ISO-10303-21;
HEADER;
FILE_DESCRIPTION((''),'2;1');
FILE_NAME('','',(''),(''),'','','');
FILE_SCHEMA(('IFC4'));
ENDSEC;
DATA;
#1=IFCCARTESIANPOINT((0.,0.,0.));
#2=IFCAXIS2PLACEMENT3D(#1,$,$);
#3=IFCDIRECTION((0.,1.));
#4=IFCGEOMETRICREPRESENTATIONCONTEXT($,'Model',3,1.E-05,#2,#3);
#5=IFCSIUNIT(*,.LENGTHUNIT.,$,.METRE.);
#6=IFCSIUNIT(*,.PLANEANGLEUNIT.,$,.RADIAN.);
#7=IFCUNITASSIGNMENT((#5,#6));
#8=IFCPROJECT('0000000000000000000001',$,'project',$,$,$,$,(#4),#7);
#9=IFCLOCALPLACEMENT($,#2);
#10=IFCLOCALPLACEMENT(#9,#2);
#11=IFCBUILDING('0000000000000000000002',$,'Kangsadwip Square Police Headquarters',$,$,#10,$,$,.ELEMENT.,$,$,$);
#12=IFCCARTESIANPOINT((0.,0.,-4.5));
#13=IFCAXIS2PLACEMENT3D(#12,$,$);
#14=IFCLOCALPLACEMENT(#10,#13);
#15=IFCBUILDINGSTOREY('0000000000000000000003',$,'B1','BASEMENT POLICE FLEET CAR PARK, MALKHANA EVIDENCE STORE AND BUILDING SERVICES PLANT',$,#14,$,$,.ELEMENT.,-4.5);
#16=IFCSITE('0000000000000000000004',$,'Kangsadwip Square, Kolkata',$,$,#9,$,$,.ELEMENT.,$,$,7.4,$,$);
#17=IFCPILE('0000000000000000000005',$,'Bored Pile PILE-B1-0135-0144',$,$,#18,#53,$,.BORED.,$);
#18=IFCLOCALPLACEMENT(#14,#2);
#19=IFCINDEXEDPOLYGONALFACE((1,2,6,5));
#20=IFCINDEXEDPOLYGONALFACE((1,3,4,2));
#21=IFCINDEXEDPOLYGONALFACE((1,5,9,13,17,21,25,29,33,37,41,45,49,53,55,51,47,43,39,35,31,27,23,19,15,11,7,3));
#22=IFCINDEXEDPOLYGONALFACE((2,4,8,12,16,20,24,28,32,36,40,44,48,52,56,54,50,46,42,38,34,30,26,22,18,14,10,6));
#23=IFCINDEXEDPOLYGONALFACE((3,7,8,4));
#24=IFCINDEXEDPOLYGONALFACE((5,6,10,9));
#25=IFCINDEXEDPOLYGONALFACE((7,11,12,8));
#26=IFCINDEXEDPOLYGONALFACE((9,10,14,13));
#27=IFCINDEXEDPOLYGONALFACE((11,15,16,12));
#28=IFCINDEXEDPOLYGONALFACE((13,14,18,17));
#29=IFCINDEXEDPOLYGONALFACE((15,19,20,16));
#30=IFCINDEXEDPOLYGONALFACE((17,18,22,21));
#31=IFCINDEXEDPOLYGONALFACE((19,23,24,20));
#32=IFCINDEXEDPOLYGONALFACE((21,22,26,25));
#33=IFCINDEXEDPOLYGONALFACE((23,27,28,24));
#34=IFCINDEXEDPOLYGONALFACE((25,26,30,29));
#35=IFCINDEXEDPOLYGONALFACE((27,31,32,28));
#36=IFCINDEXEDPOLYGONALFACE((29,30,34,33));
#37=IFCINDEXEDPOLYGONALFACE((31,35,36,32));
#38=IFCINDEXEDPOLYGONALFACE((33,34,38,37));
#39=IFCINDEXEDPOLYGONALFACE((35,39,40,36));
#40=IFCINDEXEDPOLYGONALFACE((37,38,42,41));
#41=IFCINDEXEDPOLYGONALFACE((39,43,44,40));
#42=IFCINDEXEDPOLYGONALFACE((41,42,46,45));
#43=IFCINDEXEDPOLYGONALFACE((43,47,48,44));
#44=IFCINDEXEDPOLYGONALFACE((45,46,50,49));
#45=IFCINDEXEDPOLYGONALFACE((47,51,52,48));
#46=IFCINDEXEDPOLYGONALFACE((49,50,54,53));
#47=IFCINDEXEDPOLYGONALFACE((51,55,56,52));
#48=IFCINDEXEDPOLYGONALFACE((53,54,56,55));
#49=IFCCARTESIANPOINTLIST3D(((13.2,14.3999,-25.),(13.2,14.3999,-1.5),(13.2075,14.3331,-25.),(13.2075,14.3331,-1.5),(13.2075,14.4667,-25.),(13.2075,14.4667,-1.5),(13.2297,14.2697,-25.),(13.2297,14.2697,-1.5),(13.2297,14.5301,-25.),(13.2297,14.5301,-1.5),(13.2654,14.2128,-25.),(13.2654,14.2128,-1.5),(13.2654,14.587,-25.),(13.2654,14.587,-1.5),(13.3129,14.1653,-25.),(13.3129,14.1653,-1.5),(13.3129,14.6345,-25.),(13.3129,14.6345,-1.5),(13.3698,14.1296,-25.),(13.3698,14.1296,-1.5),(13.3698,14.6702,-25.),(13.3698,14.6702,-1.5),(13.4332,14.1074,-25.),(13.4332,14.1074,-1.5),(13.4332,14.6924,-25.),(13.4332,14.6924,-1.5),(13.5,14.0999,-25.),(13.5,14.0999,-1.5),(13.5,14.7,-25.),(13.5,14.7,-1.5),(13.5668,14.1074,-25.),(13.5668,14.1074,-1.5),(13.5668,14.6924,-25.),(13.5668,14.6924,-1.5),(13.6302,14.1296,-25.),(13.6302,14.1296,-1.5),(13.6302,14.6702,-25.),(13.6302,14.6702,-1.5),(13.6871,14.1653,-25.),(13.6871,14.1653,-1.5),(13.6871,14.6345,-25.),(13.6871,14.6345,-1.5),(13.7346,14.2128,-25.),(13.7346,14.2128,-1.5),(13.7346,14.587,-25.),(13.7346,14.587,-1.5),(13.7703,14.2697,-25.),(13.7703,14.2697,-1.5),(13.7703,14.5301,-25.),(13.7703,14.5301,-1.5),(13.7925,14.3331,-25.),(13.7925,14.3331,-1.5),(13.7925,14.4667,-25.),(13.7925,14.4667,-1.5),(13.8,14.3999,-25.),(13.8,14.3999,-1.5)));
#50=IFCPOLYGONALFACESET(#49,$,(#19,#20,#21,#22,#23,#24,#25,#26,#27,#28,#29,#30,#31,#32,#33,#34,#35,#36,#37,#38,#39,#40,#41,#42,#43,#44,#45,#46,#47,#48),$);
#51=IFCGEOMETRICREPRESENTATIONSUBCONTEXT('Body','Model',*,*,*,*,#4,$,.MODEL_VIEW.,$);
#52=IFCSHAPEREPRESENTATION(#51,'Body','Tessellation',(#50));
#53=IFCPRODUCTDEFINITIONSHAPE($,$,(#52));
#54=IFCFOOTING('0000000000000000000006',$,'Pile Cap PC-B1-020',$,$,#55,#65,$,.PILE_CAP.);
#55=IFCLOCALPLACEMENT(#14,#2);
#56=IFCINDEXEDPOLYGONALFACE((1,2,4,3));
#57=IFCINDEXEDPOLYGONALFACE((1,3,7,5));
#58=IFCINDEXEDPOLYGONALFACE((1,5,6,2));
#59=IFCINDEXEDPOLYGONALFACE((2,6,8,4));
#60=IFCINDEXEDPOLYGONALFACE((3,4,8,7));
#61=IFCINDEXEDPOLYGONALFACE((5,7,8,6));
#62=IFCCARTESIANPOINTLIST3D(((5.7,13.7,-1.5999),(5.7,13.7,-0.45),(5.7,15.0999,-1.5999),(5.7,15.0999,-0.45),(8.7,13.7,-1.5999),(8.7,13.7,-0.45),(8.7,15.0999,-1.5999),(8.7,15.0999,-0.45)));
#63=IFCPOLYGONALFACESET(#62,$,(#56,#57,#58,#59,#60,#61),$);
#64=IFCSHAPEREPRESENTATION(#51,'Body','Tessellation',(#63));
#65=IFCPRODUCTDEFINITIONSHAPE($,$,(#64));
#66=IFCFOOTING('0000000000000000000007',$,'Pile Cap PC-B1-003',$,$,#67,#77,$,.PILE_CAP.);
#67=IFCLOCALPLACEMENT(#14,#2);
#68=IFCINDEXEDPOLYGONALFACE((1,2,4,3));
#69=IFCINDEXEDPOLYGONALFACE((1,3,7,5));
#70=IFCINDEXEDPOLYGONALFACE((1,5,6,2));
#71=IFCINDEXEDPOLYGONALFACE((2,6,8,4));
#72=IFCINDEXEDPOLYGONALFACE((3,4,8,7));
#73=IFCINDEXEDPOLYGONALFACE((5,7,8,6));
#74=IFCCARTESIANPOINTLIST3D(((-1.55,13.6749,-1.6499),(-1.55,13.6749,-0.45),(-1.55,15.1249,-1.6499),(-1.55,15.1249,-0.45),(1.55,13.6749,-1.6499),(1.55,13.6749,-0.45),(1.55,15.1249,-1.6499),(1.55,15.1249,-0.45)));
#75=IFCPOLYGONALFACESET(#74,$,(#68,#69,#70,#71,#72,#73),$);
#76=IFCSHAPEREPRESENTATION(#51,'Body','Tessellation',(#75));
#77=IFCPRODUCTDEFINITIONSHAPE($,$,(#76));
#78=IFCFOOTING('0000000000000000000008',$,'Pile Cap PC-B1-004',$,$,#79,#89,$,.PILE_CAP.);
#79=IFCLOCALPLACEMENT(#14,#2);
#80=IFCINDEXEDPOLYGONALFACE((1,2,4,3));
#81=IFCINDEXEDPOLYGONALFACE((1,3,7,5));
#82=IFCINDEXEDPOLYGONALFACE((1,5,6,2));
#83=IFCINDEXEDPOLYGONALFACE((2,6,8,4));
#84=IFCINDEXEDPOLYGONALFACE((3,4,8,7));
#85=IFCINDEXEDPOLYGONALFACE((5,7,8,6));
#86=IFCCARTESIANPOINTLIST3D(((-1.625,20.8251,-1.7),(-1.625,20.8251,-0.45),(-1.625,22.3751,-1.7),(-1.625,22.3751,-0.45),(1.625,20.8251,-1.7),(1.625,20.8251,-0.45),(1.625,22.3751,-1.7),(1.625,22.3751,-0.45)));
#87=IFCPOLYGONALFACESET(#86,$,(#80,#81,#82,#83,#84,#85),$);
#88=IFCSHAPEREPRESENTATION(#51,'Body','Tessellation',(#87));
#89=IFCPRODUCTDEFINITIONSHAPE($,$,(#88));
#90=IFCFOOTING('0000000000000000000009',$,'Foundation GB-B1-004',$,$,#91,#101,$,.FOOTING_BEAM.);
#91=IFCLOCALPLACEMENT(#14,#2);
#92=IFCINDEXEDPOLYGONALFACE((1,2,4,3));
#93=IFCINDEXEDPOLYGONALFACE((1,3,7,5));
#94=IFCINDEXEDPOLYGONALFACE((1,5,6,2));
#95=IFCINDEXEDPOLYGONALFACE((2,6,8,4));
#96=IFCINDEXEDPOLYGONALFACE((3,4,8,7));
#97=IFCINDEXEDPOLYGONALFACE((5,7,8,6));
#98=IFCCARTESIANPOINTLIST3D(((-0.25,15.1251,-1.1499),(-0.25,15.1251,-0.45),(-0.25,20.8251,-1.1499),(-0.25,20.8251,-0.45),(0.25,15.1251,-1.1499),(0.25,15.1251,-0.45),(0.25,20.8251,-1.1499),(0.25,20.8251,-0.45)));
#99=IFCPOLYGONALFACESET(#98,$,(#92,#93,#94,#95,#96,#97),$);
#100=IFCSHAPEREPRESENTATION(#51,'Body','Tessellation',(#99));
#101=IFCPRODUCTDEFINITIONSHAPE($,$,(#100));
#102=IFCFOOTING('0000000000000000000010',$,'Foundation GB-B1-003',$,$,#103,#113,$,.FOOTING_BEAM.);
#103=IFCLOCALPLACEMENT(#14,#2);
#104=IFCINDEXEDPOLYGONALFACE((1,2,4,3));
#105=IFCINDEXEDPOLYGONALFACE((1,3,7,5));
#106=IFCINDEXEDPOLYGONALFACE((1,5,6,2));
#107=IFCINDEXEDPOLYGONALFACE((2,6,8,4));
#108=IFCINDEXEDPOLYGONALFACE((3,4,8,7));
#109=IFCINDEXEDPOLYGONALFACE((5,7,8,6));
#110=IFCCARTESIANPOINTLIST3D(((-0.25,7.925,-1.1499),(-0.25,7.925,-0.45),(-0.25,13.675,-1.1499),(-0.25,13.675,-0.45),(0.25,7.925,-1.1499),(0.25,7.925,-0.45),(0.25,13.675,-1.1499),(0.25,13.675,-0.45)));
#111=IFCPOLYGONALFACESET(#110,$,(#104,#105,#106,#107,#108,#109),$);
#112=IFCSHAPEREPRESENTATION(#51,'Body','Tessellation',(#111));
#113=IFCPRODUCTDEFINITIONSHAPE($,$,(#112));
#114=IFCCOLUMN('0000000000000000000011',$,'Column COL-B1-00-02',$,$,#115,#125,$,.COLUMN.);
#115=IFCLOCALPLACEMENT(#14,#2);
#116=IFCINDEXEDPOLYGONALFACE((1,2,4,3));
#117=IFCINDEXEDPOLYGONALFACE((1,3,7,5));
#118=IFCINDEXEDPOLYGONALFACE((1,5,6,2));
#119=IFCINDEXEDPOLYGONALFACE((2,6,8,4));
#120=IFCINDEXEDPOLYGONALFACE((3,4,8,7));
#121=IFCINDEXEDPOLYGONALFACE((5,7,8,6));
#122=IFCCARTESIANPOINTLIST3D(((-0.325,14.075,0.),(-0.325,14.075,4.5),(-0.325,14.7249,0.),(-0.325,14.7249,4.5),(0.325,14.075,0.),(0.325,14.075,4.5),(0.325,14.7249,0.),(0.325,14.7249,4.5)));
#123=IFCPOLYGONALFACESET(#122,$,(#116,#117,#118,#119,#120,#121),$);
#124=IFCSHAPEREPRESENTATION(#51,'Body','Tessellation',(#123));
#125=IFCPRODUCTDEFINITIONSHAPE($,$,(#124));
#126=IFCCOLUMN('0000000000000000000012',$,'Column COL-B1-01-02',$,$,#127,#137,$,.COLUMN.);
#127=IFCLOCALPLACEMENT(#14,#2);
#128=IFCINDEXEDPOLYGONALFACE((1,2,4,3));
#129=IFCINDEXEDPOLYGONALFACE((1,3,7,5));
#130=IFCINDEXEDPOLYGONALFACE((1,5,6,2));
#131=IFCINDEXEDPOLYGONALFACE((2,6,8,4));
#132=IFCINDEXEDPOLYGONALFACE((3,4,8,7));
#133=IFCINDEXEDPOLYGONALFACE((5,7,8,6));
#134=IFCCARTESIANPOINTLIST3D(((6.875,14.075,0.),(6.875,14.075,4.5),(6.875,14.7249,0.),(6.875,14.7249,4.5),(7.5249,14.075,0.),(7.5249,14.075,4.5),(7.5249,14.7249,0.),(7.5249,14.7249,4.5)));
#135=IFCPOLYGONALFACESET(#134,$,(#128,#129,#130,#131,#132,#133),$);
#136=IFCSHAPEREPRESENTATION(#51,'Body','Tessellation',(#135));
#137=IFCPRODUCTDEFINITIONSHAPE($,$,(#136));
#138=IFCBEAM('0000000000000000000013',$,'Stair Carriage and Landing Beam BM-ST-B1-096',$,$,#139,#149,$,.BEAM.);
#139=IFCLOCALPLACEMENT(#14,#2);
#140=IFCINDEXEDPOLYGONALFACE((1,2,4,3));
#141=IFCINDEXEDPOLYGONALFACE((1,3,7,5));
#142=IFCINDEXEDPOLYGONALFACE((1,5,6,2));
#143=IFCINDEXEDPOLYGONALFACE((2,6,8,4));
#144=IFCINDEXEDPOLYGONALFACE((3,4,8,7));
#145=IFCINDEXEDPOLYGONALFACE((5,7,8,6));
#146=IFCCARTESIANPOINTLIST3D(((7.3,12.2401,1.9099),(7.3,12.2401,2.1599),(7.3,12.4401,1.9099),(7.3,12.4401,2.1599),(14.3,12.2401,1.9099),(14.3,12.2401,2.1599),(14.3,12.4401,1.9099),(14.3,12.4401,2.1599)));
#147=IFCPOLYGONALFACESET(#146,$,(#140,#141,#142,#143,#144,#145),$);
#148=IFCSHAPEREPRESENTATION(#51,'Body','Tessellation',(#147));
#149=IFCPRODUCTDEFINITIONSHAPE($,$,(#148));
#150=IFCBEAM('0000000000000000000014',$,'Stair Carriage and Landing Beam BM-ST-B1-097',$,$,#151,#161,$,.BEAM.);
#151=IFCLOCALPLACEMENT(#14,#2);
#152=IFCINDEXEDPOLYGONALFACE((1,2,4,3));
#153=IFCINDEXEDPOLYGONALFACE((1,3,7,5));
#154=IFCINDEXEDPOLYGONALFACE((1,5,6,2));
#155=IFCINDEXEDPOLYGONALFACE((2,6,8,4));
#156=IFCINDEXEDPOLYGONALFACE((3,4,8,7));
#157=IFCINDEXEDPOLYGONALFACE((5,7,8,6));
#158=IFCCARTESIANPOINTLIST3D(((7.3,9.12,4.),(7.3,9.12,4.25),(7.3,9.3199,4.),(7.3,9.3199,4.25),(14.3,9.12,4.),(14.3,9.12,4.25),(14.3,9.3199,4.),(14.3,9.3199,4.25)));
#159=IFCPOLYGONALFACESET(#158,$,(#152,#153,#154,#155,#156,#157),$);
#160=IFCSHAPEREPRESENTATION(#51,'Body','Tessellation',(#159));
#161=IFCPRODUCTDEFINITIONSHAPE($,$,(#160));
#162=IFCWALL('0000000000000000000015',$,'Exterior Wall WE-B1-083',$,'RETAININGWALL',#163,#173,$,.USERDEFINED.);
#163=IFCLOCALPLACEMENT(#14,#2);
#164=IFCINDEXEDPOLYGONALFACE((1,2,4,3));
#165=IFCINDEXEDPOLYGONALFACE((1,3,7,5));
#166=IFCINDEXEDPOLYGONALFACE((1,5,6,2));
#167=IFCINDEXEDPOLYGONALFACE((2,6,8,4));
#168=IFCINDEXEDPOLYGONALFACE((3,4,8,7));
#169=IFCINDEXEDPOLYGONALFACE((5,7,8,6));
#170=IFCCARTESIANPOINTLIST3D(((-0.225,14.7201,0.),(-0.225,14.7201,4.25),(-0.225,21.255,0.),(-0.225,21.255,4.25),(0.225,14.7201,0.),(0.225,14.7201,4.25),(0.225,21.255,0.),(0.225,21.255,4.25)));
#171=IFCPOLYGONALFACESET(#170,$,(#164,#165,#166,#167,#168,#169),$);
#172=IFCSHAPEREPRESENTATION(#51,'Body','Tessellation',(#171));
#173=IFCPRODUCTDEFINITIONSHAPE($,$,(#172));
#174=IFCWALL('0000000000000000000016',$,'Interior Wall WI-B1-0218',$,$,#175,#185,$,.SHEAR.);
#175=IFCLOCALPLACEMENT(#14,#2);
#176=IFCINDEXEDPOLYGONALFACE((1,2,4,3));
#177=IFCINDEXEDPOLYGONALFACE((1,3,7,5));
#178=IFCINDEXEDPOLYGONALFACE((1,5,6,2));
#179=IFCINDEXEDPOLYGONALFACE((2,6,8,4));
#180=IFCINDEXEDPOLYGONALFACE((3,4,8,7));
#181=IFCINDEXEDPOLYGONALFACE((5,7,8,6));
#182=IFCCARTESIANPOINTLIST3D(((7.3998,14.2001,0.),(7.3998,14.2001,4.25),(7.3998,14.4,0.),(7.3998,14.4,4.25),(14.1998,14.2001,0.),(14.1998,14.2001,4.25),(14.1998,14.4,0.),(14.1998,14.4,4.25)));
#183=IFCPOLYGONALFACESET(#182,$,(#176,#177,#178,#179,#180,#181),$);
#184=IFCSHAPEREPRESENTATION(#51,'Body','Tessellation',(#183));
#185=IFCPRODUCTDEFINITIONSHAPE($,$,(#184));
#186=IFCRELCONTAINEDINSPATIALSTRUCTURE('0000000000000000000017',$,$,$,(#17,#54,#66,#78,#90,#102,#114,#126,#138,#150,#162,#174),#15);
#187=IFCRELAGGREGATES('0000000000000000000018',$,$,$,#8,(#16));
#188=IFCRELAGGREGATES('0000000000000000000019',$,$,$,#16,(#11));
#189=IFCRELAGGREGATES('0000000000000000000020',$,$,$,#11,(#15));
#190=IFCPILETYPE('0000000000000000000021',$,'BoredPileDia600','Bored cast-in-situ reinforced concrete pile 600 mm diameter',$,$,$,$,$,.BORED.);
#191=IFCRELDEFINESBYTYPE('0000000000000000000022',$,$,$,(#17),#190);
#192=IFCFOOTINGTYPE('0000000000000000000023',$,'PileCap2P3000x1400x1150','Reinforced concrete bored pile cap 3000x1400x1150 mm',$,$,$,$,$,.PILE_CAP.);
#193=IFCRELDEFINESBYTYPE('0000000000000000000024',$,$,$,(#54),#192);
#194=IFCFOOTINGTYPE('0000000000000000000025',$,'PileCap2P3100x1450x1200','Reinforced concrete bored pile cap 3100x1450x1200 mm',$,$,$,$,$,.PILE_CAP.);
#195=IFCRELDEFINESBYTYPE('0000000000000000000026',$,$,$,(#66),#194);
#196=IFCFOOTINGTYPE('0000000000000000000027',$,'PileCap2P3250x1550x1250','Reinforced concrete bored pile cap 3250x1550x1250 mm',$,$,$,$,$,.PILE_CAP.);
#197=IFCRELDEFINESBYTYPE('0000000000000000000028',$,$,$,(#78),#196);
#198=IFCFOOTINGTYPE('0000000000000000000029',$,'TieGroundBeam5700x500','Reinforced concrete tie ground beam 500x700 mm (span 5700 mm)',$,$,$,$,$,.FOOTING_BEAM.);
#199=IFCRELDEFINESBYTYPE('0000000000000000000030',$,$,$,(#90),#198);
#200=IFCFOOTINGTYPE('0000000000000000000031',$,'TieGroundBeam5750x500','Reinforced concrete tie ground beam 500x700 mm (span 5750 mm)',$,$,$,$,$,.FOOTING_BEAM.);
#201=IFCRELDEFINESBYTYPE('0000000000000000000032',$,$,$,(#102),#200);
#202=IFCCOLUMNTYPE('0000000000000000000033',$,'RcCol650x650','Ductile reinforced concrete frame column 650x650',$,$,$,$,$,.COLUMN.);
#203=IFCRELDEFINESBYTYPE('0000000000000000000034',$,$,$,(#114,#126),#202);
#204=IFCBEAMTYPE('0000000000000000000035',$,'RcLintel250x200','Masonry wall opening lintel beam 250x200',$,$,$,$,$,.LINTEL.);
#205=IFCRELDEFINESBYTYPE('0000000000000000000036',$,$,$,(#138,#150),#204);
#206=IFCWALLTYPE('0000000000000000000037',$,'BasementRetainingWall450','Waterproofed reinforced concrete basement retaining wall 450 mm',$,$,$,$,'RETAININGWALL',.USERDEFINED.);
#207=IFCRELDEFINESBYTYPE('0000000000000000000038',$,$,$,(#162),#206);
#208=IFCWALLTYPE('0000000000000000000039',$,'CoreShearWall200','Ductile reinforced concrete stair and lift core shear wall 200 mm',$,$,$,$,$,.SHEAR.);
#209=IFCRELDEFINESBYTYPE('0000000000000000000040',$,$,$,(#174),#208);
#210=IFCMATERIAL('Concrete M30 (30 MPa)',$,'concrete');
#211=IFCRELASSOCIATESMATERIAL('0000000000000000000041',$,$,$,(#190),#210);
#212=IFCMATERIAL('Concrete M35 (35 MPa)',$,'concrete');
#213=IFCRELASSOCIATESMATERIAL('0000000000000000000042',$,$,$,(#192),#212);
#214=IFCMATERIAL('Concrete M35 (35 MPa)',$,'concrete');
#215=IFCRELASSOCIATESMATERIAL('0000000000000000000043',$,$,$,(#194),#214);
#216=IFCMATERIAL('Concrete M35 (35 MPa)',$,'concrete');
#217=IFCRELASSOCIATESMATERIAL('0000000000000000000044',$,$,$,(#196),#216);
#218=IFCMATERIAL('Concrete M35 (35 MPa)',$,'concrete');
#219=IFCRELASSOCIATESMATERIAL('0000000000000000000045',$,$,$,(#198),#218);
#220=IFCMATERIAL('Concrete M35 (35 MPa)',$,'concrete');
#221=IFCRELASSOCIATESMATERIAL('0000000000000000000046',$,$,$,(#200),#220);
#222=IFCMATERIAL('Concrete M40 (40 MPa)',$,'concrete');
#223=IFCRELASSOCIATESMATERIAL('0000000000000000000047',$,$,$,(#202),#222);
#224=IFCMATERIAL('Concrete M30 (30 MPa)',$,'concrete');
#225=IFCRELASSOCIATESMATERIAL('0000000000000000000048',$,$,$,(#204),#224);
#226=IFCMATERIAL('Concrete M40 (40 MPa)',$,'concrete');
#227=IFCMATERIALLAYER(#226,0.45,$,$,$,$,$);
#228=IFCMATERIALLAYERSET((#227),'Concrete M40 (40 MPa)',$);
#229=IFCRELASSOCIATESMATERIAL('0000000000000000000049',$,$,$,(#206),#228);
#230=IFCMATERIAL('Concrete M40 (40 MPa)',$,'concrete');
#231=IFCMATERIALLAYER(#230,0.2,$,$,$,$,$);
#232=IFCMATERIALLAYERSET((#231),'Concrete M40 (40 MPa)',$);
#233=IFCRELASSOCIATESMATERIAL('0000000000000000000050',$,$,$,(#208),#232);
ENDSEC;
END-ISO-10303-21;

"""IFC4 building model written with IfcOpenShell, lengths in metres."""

from ifc_helpers import new_model, si_unit, direction, frame, frame_2d, origin, origin_2d, place, context, subcontext, project, spatial, rectangle, circle, extrude, material, layer, layer_set, material_profile, profile_set, type_object, element, save


model = new_model("IFC4")

# Units and contexts
model_context = context("Model", 3, precision=1e-05, world=origin(), true_north=direction((0.0, 1.0)))
body_context = subcontext(model_context, "Body", "Model", "MODEL_VIEW")
ifc_project = project(units=[si_unit("LENGTHUNIT", "METRE"), si_unit("PLANEANGLEUNIT", "RADIAN")], contexts=[model_context])

# Site, building, storey
site_placement = place(None, origin())
site = spatial("IfcSite", under=ifc_project, at=site_placement, Name="Kangsadwip Square, Kolkata", CompositionType="ELEMENT", RefElevation=7.4)
building_placement = place(site_placement, origin())
building = spatial("IfcBuilding", under=site, at=building_placement, Name="Kangsadwip Square Police Headquarters", CompositionType="ELEMENT")
storey_placement = place(building_placement, frame((0.0, 0.0, -4.5)))
storey = spatial("IfcBuildingStorey", under=building, at=storey_placement, Name="B1", Description="BASEMENT POLICE FLEET CAR PARK, MALKHANA EVIDENCE STORE AND BUILDING SERVICES PLANT", CompositionType="ELEMENT", Elevation=-4.5)

# Pile
ifc_material_1 = material(Name="Concrete M30 (30 MPa)", Category="concrete")
ifc_material_profile_1 = material_profile(ifc_material_1, circle(Radius=0.3, at=origin_2d()), Name="PILE DIA 600")
ifc_profile_set_1 = profile_set([ifc_material_profile_1], Name="Concrete M30 (30 MPa)")
pile_type = type_object("IfcPileType", Name="BoredPileDia600", Description="Bored cast-in-situ reinforced concrete pile 600 mm diameter", PredefinedType="BORED", material=ifc_profile_set_1)
for number, where, z_axis, x_axis, name in (
    (1, (13.5, 14.3999, -1.5), (0.0, 0.0, -1.0), (1.0, 0.0, 0.0), "Bored Pile PILE-B1-0135-0144"),
):
    element("IfcPile", number, at=place(storey_placement, frame(where, z_axis=z_axis, x_axis=x_axis)), inside=storey, type_object=pile_type, Name=name, PredefinedType="BORED", context=body_context, shape_type="SweptSolid", body=[
        extrude(circle(Radius=0.3, at=origin_2d()), origin(), (0.0, 0.0, 1.0), 23.5),
    ])

# Footings
ifc_material_2 = material(Name="Concrete M35 (35 MPa)", Category="concrete")
footing_type_1 = type_object("IfcFootingType", Name="PileCap2P3000x1400x1150", Description="Reinforced concrete bored pile cap 3000x1400x1150 mm", PredefinedType="PILE_CAP", material=ifc_material_2)
footing_1_placement = place(storey_placement, frame((7.2, 14.3999, -1.5999), z_axis=(0.0, 0.0, 1.0), x_axis=(1.0, 0.0, 0.0)))
element("IfcFooting", 2, at=footing_1_placement, inside=storey, type_object=footing_type_1, Name="Pile Cap PC-B1-020", PredefinedType="PILE_CAP", context=body_context, shape_type="SweptSolid", body=[
    extrude(rectangle(XDim=3.0, YDim=1.3999, at=origin_2d()), origin(), (0.0, 0.0, 1.0), 1.1499),
])
ifc_material_3 = material(Name="Concrete M35 (35 MPa)", Category="concrete")
footing_type_2 = type_object("IfcFootingType", Name="PileCap2P3100x1450x1200", Description="Reinforced concrete bored pile cap 3100x1450x1200 mm", PredefinedType="PILE_CAP", material=ifc_material_3)
footing_2_placement = place(storey_placement, frame((0.0, 14.3999, -1.6499), z_axis=(0.0, 0.0, 1.0), x_axis=(1.0, 0.0, 0.0)))
element("IfcFooting", 3, at=footing_2_placement, inside=storey, type_object=footing_type_2, Name="Pile Cap PC-B1-003", PredefinedType="PILE_CAP", context=body_context, shape_type="SweptSolid", body=[
    extrude(rectangle(XDim=3.1001, YDim=1.45, at=origin_2d()), origin(), (0.0, 0.0, 1.0), 1.2),
])
ifc_material_4 = material(Name="Concrete M35 (35 MPa)", Category="concrete")
footing_type_3 = type_object("IfcFootingType", Name="PileCap2P3250x1550x1250", Description="Reinforced concrete bored pile cap 3250x1550x1250 mm", PredefinedType="PILE_CAP", material=ifc_material_4)
footing_3_placement = place(storey_placement, frame((0.0, 21.6001, -1.7), z_axis=(0.0, 0.0, 1.0), x_axis=(1.0, 0.0, 0.0)))
element("IfcFooting", 4, at=footing_3_placement, inside=storey, type_object=footing_type_3, Name="Pile Cap PC-B1-004", PredefinedType="PILE_CAP", context=body_context, shape_type="SweptSolid", body=[
    extrude(rectangle(XDim=3.25, YDim=1.55, at=origin_2d()), origin(), (0.0, 0.0, 1.0), 1.25),
])
ifc_material_5 = material(Name="Concrete M35 (35 MPa)", Category="concrete")
footing_type_4 = type_object("IfcFootingType", Name="TieGroundBeam5700x500", Description="Reinforced concrete tie ground beam 500x700 mm (span 5700 mm)", PredefinedType="FOOTING_BEAM", material=ifc_material_5)
footing_4_placement = place(storey_placement, frame((0.0, 17.9751, -1.1499), z_axis=(0.0, 0.0, 1.0), x_axis=(0.0, 1.0, 0.0)))
element("IfcFooting", 5, at=footing_4_placement, inside=storey, type_object=footing_type_4, Name="Foundation GB-B1-004", PredefinedType="FOOTING_BEAM", context=body_context, shape_type="SweptSolid", body=[
    extrude(rectangle(XDim=5.7, YDim=0.5, at=origin_2d()), origin(), (0.0, 0.0, 1.0), 0.7),
])
ifc_material_6 = material(Name="Concrete M35 (35 MPa)", Category="concrete")
footing_type_5 = type_object("IfcFootingType", Name="TieGroundBeam5750x500", Description="Reinforced concrete tie ground beam 500x700 mm (span 5750 mm)", PredefinedType="FOOTING_BEAM", material=ifc_material_6)
footing_5_placement = place(storey_placement, frame((0.0, 10.8, -1.1499), z_axis=(0.0, 0.0, 1.0), x_axis=(0.0, 1.0, 0.0)))
element("IfcFooting", 6, at=footing_5_placement, inside=storey, type_object=footing_type_5, Name="Foundation GB-B1-003", PredefinedType="FOOTING_BEAM", context=body_context, shape_type="SweptSolid", body=[
    extrude(rectangle(XDim=5.75, YDim=0.5, at=origin_2d()), origin(), (0.0, 0.0, 1.0), 0.7),
])

# Columns
ifc_material_7 = material(Name="Concrete M40 (40 MPa)", Category="concrete")
ifc_material_profile_2 = material_profile(ifc_material_7, rectangle(XDim=0.6499, YDim=0.6499, at=origin_2d()), Name="RC COL 650X650")
ifc_profile_set_2 = profile_set([ifc_material_profile_2], Name="Concrete M40 (40 MPa)")
column_type = type_object("IfcColumnType", Name="RcCol650x650", Description="Ductile reinforced concrete frame column 650x650", PredefinedType="COLUMN", material=ifc_profile_set_2)
for number, where, z_axis, x_axis, name in (
    (7, (0.0, 14.3999, 0.0), (0.0, 0.0, 1.0), (1.0, 0.0, 0.0), "Column COL-B1-00-02"),
    (8, (7.2, 14.3999, 0.0), (0.0, 0.0, 1.0), (1.0, 0.0, 0.0), "Column COL-B1-01-02"),
):
    element("IfcColumn", number, at=place(storey_placement, frame(where, z_axis=z_axis, x_axis=x_axis)), inside=storey, type_object=column_type, Name=name, PredefinedType="COLUMN", context=body_context, shape_type="SweptSolid", body=[
        extrude(rectangle(XDim=0.6499, YDim=0.6499, at=origin_2d()), origin(), (0.0, 0.0, 1.0), 4.5),
    ])

# Beams
ifc_material_8 = material(Name="Concrete M30 (30 MPa)", Category="concrete")
ifc_material_profile_3 = material_profile(ifc_material_8, rectangle(XDim=0.2, YDim=0.25, at=origin_2d()), Name="RC LNT 250X200")
ifc_profile_set_3 = profile_set([ifc_material_profile_3], Name="Concrete M30 (30 MPa)")
beam_type = type_object("IfcBeamType", Name="RcLintel250x200", Description="Masonry wall opening lintel beam 250x200", PredefinedType="LINTEL", material=ifc_profile_set_3)
for number, where, z_axis, x_axis, name in (
    (9, (7.3, 12.3401, 2.0349), (1.0, 0.0, 0.0), (0.0, 1.0, 0.0), "Stair Carriage and Landing Beam BM-ST-B1-096"),
    (10, (7.3, 9.22, 4.125), (1.0, 0.0, 0.0), (0.0, 1.0, 0.0), "Stair Carriage and Landing Beam BM-ST-B1-097"),
):
    element("IfcBeam", number, at=place(storey_placement, frame(where, z_axis=z_axis, x_axis=x_axis)), inside=storey, type_object=beam_type, Name=name, PredefinedType="BEAM", context=body_context, shape_type="SweptSolid", body=[
        extrude(rectangle(XDim=0.2, YDim=0.25, at=origin_2d()), origin(), (0.0, 0.0, 1.0), 7.0),
    ])

# Walls
ifc_material_9 = material(Name="Concrete M40 (40 MPa)", Category="concrete")
ifc_layer_1 = layer(ifc_material_9, 0.45)
ifc_layer_set_1 = layer_set([ifc_layer_1], Name="Concrete M40 (40 MPa)")
wall_type_1 = type_object("IfcWallType", Name="BasementRetainingWall450", Description="Waterproofed reinforced concrete basement retaining wall 450 mm", ElementType="RETAININGWALL", PredefinedType="USERDEFINED", material=ifc_layer_set_1)
wall_1_placement = place(storey_placement, frame((0.0, 14.72, 0.0), z_axis=(0.0, 0.0, 1.0), x_axis=(0.0, 1.0, 0.0)))
element("IfcWall", 11, at=wall_1_placement, inside=storey, type_object=wall_type_1, Name="Exterior Wall WE-B1-083", ObjectType="RETAININGWALL", PredefinedType="USERDEFINED", context=body_context, shape_type="SweptSolid", body=[
    extrude(rectangle(XDim=6.5349, YDim=0.45, at=frame_2d((3.2676, 0.0))), origin(), (0.0, 0.0, 1.0), 4.25),
])
ifc_material_10 = material(Name="Concrete M40 (40 MPa)", Category="concrete")
ifc_layer_2 = layer(ifc_material_10, 0.2)
ifc_layer_set_2 = layer_set([ifc_layer_2], Name="Concrete M40 (40 MPa)")
wall_type_2 = type_object("IfcWallType", Name="CoreShearWall200", Description="Ductile reinforced concrete stair and lift core shear wall 200 mm", PredefinedType="SHEAR", material=ifc_layer_set_2)
wall_2_placement = place(storey_placement, frame((7.3999, 14.3, 0.0), z_axis=(0.0, 0.0, 1.0), x_axis=(1.0, 0.0, 0.0)))
element("IfcWall", 12, at=wall_2_placement, inside=storey, type_object=wall_type_2, Name="Interior Wall WI-B1-0218", PredefinedType="SHEAR", context=body_context, shape_type="SweptSolid", body=[
    extrude(rectangle(XDim=6.8, YDim=0.2, at=frame_2d((3.3999, 0.0))), origin(), (0.0, 0.0, 1.0), 4.25),
])

save(model, "model.ifc")
